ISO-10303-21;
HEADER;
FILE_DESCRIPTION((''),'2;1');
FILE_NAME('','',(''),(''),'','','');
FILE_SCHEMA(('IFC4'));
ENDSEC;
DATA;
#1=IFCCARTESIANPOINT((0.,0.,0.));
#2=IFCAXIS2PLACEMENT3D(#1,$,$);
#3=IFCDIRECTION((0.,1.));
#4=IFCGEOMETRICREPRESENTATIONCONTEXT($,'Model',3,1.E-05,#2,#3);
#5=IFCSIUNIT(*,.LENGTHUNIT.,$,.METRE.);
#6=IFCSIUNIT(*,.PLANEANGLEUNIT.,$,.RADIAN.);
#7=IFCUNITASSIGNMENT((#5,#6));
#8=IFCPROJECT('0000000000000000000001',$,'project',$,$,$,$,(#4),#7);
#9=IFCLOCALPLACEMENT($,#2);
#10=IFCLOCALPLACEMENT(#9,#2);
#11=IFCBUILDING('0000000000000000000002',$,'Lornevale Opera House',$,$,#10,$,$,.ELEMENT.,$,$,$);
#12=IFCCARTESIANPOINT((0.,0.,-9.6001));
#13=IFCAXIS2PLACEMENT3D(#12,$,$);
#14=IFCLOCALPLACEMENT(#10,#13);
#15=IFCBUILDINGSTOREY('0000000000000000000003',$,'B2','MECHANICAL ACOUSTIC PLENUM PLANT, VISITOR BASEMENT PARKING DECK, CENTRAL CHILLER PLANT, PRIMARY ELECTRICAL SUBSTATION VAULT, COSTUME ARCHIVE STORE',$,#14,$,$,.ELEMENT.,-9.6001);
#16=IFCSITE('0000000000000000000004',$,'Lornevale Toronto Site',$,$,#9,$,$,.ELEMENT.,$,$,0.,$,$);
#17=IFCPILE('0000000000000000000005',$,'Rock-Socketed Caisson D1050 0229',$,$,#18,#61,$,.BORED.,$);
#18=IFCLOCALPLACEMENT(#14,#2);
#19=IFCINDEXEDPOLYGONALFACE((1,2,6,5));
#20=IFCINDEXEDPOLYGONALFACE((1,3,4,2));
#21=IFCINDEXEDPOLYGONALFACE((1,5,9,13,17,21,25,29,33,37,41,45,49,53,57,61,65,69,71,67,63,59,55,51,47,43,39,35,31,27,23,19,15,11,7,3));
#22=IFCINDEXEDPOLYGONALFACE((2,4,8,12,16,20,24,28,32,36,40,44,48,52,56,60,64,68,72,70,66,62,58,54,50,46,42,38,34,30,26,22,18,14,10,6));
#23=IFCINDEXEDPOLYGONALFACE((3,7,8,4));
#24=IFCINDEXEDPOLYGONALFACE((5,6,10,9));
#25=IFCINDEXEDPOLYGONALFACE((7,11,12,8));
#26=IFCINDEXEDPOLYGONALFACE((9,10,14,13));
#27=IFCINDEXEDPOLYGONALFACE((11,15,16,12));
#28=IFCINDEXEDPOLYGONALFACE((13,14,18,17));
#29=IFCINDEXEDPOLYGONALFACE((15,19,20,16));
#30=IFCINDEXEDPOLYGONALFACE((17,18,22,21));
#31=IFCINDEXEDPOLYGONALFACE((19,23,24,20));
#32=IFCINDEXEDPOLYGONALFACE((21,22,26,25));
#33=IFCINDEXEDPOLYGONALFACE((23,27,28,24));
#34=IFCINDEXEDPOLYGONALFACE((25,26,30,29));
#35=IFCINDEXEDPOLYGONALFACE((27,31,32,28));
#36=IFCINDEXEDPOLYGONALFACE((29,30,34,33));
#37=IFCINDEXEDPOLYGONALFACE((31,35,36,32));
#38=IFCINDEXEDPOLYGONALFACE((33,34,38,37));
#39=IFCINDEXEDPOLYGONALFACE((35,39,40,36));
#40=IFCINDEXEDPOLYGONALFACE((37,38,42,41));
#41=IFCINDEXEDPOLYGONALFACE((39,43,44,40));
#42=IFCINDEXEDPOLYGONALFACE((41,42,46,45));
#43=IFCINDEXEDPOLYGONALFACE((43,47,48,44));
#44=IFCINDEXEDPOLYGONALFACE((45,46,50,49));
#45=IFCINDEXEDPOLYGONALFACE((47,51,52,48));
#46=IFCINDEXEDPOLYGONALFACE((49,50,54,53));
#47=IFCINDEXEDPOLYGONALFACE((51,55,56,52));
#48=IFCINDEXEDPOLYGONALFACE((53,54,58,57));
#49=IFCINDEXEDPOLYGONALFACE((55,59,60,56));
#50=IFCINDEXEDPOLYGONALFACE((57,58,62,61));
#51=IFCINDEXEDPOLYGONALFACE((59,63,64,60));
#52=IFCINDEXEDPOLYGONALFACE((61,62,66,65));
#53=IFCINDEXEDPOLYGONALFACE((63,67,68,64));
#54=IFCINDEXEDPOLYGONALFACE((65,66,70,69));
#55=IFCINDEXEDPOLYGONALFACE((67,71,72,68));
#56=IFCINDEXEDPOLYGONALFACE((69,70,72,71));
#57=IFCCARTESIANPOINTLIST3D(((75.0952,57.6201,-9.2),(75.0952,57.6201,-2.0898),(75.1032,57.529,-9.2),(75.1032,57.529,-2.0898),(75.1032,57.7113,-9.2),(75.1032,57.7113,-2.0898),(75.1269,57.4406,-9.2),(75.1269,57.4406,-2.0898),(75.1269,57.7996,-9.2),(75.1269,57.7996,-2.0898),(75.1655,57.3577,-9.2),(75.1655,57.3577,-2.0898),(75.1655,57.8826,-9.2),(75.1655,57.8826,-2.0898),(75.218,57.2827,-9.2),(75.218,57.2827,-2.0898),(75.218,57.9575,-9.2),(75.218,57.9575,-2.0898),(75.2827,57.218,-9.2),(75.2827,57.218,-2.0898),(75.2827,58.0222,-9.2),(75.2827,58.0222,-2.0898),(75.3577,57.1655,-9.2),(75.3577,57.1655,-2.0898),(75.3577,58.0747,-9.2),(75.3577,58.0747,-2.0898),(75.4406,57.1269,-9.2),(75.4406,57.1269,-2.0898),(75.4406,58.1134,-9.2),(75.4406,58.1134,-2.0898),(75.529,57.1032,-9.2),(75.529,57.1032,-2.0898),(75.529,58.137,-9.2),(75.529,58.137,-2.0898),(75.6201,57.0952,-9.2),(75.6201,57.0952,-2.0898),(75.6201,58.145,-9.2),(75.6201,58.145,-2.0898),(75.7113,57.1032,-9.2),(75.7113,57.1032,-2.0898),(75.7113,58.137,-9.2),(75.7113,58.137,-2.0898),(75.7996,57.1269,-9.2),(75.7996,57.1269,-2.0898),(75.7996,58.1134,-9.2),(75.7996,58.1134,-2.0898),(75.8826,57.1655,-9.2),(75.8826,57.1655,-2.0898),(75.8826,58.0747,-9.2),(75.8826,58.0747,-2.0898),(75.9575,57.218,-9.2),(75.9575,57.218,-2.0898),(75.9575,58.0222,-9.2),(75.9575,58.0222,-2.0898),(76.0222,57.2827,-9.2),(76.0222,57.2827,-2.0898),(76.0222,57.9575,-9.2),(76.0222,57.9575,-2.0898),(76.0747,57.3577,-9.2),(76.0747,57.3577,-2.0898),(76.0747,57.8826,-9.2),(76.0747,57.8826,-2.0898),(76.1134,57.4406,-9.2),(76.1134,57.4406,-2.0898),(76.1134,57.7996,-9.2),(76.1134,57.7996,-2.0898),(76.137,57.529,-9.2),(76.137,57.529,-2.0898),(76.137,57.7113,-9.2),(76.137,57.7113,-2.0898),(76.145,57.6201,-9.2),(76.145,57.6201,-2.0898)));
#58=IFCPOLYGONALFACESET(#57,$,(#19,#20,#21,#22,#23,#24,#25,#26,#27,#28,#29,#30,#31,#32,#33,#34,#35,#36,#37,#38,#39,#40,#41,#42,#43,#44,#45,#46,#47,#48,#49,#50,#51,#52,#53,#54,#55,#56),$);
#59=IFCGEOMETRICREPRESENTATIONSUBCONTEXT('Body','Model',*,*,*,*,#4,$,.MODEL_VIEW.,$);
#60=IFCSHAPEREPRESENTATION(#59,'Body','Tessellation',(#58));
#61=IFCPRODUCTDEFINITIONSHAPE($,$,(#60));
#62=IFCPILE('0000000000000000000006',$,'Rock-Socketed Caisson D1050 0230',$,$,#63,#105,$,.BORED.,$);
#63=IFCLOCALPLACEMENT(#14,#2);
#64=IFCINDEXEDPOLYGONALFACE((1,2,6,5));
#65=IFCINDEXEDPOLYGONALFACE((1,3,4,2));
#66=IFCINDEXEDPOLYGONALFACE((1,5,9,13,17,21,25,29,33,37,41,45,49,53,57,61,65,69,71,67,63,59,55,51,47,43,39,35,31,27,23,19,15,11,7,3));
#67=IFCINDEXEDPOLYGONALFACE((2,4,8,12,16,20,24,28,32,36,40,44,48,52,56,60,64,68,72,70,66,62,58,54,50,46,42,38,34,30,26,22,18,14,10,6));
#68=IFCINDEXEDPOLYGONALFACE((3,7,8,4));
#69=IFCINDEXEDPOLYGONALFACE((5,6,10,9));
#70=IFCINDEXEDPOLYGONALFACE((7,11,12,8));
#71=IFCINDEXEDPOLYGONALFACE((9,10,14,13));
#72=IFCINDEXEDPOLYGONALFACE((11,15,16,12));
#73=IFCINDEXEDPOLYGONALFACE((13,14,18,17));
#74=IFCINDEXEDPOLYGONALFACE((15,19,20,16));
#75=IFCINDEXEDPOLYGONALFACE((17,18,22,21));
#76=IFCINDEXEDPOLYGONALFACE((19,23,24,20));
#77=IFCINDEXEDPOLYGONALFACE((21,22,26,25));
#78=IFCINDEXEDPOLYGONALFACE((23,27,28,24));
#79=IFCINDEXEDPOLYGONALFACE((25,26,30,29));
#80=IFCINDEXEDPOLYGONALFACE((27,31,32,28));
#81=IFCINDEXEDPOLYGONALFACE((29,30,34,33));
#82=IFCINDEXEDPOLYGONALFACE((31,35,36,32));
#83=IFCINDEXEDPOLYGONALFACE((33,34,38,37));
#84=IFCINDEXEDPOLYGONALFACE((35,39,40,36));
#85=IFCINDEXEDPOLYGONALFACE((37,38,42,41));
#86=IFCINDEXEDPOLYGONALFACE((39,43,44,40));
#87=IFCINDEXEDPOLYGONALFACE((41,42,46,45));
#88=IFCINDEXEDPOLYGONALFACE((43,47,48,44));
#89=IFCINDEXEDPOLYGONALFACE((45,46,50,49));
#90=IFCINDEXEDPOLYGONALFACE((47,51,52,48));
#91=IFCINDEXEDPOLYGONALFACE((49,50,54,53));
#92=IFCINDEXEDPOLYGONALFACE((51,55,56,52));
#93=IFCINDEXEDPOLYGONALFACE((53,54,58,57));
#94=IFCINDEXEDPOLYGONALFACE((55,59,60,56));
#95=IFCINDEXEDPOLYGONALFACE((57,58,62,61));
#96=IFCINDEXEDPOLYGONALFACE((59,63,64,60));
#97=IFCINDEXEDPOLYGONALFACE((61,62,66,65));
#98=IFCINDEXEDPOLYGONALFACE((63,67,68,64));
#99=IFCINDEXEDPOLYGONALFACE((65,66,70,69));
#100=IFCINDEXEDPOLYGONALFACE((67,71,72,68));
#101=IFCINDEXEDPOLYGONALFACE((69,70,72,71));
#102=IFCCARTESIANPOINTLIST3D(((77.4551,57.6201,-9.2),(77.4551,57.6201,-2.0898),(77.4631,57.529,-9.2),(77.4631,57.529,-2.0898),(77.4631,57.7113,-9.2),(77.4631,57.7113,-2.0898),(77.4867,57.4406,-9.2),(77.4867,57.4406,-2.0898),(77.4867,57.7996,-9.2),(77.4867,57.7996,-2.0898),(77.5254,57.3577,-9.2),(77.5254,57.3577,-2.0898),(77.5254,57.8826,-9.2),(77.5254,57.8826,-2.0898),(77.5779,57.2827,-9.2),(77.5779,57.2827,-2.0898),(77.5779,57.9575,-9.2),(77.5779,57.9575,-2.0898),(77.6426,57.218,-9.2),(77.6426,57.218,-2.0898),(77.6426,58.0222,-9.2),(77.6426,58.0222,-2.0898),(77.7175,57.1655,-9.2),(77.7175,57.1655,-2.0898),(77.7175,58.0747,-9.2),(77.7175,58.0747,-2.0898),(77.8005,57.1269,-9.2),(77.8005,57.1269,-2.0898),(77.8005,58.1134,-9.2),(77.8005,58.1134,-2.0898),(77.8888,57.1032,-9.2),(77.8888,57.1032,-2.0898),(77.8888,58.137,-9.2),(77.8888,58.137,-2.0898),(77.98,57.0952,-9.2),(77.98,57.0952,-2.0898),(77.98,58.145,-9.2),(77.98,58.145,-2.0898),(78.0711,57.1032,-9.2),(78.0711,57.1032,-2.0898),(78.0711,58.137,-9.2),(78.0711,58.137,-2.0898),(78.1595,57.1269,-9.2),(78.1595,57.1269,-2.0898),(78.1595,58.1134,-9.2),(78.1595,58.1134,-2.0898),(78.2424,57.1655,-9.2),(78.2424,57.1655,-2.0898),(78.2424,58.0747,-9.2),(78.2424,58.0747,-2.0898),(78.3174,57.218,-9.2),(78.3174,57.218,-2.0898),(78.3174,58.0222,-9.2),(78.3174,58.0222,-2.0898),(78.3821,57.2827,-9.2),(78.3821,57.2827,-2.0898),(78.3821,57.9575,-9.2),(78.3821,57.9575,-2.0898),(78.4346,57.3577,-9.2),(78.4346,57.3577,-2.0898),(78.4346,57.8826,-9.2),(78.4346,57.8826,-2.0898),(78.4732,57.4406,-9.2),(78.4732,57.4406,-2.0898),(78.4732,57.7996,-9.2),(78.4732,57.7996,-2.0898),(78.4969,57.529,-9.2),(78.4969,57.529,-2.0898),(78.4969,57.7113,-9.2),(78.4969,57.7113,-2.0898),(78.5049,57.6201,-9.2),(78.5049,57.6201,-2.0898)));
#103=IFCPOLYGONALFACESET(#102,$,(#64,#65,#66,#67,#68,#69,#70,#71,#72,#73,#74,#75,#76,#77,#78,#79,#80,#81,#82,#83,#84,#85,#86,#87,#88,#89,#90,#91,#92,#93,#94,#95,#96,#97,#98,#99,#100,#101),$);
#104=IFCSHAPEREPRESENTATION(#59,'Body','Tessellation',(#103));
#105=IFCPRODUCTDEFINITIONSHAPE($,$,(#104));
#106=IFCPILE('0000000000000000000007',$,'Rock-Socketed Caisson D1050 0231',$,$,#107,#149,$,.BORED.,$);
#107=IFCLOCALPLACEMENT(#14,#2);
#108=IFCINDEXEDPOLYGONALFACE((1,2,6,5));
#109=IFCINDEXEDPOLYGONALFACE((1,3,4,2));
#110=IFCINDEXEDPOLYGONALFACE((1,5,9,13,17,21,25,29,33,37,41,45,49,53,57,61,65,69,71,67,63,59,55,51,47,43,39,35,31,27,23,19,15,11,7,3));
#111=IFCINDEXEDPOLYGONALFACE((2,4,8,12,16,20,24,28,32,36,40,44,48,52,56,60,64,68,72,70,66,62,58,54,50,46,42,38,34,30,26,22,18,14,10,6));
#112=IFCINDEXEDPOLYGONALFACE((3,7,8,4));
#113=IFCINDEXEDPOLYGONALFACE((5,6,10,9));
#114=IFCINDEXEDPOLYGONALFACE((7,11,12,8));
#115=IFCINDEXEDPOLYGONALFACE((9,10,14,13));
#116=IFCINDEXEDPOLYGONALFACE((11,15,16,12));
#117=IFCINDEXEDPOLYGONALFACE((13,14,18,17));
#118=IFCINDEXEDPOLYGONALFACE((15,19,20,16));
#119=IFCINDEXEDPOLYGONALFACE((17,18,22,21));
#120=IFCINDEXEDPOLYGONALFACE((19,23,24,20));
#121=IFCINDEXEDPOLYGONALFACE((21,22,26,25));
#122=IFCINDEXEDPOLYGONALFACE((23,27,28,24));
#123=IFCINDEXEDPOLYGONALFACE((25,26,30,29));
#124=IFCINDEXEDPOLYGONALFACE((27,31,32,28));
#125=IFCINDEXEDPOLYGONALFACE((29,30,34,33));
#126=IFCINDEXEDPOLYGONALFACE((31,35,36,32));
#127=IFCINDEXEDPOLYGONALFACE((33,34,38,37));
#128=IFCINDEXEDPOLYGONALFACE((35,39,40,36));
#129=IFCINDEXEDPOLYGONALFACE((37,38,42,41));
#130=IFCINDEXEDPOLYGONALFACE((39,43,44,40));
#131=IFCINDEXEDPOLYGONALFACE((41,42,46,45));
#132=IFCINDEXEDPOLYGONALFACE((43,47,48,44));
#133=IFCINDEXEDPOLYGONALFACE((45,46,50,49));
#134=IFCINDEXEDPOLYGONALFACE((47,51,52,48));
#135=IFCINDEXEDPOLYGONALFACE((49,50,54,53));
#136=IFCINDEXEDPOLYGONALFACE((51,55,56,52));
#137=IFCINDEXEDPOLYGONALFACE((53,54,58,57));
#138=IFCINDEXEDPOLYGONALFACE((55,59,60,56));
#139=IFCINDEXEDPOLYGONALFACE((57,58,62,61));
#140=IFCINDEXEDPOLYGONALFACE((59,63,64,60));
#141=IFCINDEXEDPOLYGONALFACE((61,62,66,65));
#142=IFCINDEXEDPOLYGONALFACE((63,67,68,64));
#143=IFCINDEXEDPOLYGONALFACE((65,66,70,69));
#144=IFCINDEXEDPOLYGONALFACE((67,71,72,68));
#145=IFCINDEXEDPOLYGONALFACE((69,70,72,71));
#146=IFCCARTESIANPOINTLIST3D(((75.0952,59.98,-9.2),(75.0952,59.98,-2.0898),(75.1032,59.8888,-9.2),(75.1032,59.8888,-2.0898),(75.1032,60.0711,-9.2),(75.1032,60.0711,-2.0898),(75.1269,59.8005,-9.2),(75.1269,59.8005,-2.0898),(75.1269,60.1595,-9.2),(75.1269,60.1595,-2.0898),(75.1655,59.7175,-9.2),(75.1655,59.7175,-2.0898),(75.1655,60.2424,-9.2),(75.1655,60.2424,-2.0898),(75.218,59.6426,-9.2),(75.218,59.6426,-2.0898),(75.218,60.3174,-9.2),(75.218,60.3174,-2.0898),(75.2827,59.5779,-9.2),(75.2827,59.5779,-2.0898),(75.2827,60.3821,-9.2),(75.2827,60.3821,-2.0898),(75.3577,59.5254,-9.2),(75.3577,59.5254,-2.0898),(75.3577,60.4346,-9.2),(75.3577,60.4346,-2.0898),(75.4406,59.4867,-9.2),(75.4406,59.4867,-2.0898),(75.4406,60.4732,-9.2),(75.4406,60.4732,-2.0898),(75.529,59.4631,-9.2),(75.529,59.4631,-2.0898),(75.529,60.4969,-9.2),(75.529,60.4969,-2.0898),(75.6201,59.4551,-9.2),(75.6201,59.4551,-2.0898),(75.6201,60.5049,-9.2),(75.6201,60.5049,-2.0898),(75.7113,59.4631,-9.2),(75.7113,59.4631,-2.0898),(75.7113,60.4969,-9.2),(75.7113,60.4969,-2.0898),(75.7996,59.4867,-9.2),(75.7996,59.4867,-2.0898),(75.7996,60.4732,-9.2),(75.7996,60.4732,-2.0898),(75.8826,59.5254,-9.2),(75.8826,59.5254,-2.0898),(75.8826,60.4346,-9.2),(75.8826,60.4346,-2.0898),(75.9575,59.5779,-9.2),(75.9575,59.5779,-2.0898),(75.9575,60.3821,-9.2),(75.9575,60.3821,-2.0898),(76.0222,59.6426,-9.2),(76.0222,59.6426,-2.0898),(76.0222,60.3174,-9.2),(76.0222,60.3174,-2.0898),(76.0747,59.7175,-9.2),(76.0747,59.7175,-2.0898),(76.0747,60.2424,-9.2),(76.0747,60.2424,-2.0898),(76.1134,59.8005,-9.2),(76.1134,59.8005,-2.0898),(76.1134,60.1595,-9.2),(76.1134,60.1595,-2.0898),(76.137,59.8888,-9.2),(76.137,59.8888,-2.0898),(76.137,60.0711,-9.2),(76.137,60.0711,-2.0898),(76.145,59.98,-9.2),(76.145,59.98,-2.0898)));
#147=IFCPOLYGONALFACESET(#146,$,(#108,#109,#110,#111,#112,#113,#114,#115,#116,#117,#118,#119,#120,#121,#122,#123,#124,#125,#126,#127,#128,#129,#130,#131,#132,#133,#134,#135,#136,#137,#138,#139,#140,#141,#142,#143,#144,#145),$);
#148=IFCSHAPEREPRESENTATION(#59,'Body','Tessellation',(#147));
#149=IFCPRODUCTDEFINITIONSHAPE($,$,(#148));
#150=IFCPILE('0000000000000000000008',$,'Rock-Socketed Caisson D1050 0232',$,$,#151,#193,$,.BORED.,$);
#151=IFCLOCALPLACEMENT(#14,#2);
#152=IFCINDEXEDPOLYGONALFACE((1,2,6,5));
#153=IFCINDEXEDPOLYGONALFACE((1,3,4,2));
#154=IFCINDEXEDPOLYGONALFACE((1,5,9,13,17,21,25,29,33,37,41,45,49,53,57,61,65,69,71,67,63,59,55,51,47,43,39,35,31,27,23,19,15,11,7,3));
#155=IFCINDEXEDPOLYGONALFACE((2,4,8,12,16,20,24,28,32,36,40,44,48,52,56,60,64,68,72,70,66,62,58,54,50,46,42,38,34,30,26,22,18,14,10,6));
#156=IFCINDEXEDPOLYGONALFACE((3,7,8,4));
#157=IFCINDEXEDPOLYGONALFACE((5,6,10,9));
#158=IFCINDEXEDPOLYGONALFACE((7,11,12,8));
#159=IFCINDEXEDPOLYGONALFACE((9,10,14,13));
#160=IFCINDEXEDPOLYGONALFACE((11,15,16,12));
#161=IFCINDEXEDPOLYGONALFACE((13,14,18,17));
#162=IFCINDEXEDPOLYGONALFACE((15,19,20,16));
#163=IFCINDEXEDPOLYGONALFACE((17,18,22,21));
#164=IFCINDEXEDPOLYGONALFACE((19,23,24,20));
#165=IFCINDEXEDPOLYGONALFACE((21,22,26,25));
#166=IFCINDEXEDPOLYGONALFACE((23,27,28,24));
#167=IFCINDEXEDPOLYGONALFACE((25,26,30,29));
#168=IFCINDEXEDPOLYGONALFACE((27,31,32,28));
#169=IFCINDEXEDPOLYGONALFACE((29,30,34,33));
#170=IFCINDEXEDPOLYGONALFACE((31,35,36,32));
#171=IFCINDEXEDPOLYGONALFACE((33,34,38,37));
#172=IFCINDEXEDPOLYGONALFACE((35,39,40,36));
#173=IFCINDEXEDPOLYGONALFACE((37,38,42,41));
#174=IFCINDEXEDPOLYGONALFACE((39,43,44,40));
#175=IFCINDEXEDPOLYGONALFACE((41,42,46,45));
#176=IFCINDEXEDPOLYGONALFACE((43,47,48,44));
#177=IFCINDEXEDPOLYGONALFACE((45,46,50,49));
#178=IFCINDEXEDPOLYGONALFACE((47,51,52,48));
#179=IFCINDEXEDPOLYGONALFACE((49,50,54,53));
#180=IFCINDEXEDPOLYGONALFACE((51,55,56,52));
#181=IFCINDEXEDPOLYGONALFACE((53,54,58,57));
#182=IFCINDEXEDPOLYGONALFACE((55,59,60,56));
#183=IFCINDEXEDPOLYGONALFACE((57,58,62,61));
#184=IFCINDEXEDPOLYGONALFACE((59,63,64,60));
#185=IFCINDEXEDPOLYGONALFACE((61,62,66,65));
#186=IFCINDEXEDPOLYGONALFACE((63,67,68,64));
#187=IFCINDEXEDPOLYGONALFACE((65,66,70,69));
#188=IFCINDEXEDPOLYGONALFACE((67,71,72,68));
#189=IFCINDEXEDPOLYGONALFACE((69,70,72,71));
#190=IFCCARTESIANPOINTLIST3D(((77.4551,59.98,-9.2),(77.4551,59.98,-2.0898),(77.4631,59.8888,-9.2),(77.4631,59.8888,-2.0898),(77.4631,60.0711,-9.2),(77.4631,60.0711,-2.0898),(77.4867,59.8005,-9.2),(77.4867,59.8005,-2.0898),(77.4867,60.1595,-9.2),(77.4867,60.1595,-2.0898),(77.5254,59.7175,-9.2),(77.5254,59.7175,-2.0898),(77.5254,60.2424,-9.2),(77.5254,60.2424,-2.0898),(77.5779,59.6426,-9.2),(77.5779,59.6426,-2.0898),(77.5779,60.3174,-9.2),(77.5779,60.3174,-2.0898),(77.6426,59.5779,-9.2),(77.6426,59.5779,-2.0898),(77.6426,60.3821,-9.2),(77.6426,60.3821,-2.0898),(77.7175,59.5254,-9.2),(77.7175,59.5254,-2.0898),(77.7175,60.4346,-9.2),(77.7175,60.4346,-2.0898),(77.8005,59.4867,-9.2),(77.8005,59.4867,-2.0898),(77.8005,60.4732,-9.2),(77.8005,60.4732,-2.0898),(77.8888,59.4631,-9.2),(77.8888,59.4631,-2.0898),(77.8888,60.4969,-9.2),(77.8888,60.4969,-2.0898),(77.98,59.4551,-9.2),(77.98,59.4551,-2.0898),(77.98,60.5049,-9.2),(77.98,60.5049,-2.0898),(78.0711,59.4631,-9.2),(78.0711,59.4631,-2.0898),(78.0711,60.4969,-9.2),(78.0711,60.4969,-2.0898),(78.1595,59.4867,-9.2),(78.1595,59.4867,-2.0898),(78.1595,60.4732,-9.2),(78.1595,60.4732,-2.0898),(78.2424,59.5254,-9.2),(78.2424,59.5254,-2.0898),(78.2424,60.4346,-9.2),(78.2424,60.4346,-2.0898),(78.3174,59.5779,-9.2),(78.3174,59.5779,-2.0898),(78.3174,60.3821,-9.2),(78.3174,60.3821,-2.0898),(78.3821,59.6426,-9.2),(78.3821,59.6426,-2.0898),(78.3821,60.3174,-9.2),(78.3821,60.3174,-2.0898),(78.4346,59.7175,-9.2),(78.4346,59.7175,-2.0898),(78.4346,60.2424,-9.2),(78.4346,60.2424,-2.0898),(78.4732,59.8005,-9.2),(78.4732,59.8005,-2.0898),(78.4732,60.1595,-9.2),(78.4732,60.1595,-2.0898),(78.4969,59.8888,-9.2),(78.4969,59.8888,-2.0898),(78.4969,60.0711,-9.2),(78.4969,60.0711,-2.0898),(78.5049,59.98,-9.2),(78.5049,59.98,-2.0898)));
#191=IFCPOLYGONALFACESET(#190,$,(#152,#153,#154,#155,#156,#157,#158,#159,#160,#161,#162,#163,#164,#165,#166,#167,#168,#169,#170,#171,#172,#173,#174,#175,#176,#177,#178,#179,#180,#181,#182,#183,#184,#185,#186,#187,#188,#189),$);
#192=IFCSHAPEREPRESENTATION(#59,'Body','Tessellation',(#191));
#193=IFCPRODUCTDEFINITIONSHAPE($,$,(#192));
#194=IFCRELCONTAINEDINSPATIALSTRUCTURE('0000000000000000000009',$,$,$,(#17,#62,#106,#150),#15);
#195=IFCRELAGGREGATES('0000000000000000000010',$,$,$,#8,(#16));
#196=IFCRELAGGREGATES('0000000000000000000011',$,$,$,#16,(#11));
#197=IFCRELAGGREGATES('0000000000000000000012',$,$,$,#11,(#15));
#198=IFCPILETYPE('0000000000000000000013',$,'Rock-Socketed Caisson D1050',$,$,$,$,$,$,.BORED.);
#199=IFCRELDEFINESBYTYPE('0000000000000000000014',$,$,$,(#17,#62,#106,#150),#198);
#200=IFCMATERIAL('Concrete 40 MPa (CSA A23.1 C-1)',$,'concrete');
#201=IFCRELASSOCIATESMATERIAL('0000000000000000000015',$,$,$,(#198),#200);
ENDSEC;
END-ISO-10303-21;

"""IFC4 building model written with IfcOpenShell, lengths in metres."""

from ifc_helpers import new_model, si_unit, direction, frame, origin, origin_2d, place, context, subcontext, project, spatial, circle, extrude, material, material_profile, profile_set, type_object, element, save


model = new_model("IFC4")

# Units and contexts
model_context = context("Model", 3, precision=1e-05, world=origin(), true_north=direction((0.0, 1.0)))
body_context = subcontext(model_context, "Body", "Model", "MODEL_VIEW")
ifc_project = project(units=[si_unit("LENGTHUNIT", "METRE"), si_unit("PLANEANGLEUNIT", "RADIAN")], contexts=[model_context])

# Site, building, storey
site_placement = place(None, origin())
site = spatial("IfcSite", under=ifc_project, at=site_placement, Name="Lornevale Toronto Site", CompositionType="ELEMENT", RefElevation=0.0)
building_placement = place(site_placement, origin())
building = spatial("IfcBuilding", under=site, at=building_placement, Name="Lornevale Opera House", CompositionType="ELEMENT")
storey_placement = place(building_placement, frame((0.0, 0.0, -9.6001)))
storey = spatial("IfcBuildingStorey", under=building, at=storey_placement, Name="B2", Description="MECHANICAL ACOUSTIC PLENUM PLANT, VISITOR BASEMENT PARKING DECK, CENTRAL CHILLER PLANT, PRIMARY ELECTRICAL SUBSTATION VAULT, COSTUME ARCHIVE STORE", CompositionType="ELEMENT", Elevation=-9.6001)

# Piles
ifc_material_1 = material(Name="Concrete 40 MPa (CSA A23.1 C-1)", Category="concrete")
ifc_material_profile_1 = material_profile(ifc_material_1, circle(Radius=0.5249, at=origin_2d()), Name="CAIS1050")
ifc_profile_set_1 = profile_set([ifc_material_profile_1], Name="Concrete 40 MPa (CSA A23.1 C-1)")
pile_type_1 = type_object("IfcPileType", Name="Rock-Socketed Caisson D1050", PredefinedType="BORED", material=ifc_profile_set_1)
for number, where, z_axis, x_axis, name in (
    (1, (75.6201, 57.6201, -2.0898), (0.0, 0.0, -1.0), (1.0, 0.0, 0.0), "Rock-Socketed Caisson D1050 0229"),
    (2, (77.98, 57.6201, -2.0898), (0.0, 0.0, -1.0), (1.0, 0.0, 0.0), "Rock-Socketed Caisson D1050 0230"),
    (3, (75.6201, 59.98, -2.0898), (0.0, 0.0, -1.0), (1.0, 0.0, 0.0), "Rock-Socketed Caisson D1050 0231"),
    (4, (77.98, 59.98, -2.0898), (0.0, 0.0, -1.0), (1.0, 0.0, 0.0), "Rock-Socketed Caisson D1050 0232"),
):
    element("IfcPile", number, at=place(storey_placement, frame(where, z_axis=z_axis, x_axis=x_axis)), inside=storey, type_object=pile_type_1, Name=name, PredefinedType="BORED", context=body_context, shape_type="SweptSolid", body=[
        extrude(circle(Radius=0.5249, at=origin_2d()), origin(), (0.0, 0.0, 1.0), 7.1101),
    ])

save(model, "model.ifc")
